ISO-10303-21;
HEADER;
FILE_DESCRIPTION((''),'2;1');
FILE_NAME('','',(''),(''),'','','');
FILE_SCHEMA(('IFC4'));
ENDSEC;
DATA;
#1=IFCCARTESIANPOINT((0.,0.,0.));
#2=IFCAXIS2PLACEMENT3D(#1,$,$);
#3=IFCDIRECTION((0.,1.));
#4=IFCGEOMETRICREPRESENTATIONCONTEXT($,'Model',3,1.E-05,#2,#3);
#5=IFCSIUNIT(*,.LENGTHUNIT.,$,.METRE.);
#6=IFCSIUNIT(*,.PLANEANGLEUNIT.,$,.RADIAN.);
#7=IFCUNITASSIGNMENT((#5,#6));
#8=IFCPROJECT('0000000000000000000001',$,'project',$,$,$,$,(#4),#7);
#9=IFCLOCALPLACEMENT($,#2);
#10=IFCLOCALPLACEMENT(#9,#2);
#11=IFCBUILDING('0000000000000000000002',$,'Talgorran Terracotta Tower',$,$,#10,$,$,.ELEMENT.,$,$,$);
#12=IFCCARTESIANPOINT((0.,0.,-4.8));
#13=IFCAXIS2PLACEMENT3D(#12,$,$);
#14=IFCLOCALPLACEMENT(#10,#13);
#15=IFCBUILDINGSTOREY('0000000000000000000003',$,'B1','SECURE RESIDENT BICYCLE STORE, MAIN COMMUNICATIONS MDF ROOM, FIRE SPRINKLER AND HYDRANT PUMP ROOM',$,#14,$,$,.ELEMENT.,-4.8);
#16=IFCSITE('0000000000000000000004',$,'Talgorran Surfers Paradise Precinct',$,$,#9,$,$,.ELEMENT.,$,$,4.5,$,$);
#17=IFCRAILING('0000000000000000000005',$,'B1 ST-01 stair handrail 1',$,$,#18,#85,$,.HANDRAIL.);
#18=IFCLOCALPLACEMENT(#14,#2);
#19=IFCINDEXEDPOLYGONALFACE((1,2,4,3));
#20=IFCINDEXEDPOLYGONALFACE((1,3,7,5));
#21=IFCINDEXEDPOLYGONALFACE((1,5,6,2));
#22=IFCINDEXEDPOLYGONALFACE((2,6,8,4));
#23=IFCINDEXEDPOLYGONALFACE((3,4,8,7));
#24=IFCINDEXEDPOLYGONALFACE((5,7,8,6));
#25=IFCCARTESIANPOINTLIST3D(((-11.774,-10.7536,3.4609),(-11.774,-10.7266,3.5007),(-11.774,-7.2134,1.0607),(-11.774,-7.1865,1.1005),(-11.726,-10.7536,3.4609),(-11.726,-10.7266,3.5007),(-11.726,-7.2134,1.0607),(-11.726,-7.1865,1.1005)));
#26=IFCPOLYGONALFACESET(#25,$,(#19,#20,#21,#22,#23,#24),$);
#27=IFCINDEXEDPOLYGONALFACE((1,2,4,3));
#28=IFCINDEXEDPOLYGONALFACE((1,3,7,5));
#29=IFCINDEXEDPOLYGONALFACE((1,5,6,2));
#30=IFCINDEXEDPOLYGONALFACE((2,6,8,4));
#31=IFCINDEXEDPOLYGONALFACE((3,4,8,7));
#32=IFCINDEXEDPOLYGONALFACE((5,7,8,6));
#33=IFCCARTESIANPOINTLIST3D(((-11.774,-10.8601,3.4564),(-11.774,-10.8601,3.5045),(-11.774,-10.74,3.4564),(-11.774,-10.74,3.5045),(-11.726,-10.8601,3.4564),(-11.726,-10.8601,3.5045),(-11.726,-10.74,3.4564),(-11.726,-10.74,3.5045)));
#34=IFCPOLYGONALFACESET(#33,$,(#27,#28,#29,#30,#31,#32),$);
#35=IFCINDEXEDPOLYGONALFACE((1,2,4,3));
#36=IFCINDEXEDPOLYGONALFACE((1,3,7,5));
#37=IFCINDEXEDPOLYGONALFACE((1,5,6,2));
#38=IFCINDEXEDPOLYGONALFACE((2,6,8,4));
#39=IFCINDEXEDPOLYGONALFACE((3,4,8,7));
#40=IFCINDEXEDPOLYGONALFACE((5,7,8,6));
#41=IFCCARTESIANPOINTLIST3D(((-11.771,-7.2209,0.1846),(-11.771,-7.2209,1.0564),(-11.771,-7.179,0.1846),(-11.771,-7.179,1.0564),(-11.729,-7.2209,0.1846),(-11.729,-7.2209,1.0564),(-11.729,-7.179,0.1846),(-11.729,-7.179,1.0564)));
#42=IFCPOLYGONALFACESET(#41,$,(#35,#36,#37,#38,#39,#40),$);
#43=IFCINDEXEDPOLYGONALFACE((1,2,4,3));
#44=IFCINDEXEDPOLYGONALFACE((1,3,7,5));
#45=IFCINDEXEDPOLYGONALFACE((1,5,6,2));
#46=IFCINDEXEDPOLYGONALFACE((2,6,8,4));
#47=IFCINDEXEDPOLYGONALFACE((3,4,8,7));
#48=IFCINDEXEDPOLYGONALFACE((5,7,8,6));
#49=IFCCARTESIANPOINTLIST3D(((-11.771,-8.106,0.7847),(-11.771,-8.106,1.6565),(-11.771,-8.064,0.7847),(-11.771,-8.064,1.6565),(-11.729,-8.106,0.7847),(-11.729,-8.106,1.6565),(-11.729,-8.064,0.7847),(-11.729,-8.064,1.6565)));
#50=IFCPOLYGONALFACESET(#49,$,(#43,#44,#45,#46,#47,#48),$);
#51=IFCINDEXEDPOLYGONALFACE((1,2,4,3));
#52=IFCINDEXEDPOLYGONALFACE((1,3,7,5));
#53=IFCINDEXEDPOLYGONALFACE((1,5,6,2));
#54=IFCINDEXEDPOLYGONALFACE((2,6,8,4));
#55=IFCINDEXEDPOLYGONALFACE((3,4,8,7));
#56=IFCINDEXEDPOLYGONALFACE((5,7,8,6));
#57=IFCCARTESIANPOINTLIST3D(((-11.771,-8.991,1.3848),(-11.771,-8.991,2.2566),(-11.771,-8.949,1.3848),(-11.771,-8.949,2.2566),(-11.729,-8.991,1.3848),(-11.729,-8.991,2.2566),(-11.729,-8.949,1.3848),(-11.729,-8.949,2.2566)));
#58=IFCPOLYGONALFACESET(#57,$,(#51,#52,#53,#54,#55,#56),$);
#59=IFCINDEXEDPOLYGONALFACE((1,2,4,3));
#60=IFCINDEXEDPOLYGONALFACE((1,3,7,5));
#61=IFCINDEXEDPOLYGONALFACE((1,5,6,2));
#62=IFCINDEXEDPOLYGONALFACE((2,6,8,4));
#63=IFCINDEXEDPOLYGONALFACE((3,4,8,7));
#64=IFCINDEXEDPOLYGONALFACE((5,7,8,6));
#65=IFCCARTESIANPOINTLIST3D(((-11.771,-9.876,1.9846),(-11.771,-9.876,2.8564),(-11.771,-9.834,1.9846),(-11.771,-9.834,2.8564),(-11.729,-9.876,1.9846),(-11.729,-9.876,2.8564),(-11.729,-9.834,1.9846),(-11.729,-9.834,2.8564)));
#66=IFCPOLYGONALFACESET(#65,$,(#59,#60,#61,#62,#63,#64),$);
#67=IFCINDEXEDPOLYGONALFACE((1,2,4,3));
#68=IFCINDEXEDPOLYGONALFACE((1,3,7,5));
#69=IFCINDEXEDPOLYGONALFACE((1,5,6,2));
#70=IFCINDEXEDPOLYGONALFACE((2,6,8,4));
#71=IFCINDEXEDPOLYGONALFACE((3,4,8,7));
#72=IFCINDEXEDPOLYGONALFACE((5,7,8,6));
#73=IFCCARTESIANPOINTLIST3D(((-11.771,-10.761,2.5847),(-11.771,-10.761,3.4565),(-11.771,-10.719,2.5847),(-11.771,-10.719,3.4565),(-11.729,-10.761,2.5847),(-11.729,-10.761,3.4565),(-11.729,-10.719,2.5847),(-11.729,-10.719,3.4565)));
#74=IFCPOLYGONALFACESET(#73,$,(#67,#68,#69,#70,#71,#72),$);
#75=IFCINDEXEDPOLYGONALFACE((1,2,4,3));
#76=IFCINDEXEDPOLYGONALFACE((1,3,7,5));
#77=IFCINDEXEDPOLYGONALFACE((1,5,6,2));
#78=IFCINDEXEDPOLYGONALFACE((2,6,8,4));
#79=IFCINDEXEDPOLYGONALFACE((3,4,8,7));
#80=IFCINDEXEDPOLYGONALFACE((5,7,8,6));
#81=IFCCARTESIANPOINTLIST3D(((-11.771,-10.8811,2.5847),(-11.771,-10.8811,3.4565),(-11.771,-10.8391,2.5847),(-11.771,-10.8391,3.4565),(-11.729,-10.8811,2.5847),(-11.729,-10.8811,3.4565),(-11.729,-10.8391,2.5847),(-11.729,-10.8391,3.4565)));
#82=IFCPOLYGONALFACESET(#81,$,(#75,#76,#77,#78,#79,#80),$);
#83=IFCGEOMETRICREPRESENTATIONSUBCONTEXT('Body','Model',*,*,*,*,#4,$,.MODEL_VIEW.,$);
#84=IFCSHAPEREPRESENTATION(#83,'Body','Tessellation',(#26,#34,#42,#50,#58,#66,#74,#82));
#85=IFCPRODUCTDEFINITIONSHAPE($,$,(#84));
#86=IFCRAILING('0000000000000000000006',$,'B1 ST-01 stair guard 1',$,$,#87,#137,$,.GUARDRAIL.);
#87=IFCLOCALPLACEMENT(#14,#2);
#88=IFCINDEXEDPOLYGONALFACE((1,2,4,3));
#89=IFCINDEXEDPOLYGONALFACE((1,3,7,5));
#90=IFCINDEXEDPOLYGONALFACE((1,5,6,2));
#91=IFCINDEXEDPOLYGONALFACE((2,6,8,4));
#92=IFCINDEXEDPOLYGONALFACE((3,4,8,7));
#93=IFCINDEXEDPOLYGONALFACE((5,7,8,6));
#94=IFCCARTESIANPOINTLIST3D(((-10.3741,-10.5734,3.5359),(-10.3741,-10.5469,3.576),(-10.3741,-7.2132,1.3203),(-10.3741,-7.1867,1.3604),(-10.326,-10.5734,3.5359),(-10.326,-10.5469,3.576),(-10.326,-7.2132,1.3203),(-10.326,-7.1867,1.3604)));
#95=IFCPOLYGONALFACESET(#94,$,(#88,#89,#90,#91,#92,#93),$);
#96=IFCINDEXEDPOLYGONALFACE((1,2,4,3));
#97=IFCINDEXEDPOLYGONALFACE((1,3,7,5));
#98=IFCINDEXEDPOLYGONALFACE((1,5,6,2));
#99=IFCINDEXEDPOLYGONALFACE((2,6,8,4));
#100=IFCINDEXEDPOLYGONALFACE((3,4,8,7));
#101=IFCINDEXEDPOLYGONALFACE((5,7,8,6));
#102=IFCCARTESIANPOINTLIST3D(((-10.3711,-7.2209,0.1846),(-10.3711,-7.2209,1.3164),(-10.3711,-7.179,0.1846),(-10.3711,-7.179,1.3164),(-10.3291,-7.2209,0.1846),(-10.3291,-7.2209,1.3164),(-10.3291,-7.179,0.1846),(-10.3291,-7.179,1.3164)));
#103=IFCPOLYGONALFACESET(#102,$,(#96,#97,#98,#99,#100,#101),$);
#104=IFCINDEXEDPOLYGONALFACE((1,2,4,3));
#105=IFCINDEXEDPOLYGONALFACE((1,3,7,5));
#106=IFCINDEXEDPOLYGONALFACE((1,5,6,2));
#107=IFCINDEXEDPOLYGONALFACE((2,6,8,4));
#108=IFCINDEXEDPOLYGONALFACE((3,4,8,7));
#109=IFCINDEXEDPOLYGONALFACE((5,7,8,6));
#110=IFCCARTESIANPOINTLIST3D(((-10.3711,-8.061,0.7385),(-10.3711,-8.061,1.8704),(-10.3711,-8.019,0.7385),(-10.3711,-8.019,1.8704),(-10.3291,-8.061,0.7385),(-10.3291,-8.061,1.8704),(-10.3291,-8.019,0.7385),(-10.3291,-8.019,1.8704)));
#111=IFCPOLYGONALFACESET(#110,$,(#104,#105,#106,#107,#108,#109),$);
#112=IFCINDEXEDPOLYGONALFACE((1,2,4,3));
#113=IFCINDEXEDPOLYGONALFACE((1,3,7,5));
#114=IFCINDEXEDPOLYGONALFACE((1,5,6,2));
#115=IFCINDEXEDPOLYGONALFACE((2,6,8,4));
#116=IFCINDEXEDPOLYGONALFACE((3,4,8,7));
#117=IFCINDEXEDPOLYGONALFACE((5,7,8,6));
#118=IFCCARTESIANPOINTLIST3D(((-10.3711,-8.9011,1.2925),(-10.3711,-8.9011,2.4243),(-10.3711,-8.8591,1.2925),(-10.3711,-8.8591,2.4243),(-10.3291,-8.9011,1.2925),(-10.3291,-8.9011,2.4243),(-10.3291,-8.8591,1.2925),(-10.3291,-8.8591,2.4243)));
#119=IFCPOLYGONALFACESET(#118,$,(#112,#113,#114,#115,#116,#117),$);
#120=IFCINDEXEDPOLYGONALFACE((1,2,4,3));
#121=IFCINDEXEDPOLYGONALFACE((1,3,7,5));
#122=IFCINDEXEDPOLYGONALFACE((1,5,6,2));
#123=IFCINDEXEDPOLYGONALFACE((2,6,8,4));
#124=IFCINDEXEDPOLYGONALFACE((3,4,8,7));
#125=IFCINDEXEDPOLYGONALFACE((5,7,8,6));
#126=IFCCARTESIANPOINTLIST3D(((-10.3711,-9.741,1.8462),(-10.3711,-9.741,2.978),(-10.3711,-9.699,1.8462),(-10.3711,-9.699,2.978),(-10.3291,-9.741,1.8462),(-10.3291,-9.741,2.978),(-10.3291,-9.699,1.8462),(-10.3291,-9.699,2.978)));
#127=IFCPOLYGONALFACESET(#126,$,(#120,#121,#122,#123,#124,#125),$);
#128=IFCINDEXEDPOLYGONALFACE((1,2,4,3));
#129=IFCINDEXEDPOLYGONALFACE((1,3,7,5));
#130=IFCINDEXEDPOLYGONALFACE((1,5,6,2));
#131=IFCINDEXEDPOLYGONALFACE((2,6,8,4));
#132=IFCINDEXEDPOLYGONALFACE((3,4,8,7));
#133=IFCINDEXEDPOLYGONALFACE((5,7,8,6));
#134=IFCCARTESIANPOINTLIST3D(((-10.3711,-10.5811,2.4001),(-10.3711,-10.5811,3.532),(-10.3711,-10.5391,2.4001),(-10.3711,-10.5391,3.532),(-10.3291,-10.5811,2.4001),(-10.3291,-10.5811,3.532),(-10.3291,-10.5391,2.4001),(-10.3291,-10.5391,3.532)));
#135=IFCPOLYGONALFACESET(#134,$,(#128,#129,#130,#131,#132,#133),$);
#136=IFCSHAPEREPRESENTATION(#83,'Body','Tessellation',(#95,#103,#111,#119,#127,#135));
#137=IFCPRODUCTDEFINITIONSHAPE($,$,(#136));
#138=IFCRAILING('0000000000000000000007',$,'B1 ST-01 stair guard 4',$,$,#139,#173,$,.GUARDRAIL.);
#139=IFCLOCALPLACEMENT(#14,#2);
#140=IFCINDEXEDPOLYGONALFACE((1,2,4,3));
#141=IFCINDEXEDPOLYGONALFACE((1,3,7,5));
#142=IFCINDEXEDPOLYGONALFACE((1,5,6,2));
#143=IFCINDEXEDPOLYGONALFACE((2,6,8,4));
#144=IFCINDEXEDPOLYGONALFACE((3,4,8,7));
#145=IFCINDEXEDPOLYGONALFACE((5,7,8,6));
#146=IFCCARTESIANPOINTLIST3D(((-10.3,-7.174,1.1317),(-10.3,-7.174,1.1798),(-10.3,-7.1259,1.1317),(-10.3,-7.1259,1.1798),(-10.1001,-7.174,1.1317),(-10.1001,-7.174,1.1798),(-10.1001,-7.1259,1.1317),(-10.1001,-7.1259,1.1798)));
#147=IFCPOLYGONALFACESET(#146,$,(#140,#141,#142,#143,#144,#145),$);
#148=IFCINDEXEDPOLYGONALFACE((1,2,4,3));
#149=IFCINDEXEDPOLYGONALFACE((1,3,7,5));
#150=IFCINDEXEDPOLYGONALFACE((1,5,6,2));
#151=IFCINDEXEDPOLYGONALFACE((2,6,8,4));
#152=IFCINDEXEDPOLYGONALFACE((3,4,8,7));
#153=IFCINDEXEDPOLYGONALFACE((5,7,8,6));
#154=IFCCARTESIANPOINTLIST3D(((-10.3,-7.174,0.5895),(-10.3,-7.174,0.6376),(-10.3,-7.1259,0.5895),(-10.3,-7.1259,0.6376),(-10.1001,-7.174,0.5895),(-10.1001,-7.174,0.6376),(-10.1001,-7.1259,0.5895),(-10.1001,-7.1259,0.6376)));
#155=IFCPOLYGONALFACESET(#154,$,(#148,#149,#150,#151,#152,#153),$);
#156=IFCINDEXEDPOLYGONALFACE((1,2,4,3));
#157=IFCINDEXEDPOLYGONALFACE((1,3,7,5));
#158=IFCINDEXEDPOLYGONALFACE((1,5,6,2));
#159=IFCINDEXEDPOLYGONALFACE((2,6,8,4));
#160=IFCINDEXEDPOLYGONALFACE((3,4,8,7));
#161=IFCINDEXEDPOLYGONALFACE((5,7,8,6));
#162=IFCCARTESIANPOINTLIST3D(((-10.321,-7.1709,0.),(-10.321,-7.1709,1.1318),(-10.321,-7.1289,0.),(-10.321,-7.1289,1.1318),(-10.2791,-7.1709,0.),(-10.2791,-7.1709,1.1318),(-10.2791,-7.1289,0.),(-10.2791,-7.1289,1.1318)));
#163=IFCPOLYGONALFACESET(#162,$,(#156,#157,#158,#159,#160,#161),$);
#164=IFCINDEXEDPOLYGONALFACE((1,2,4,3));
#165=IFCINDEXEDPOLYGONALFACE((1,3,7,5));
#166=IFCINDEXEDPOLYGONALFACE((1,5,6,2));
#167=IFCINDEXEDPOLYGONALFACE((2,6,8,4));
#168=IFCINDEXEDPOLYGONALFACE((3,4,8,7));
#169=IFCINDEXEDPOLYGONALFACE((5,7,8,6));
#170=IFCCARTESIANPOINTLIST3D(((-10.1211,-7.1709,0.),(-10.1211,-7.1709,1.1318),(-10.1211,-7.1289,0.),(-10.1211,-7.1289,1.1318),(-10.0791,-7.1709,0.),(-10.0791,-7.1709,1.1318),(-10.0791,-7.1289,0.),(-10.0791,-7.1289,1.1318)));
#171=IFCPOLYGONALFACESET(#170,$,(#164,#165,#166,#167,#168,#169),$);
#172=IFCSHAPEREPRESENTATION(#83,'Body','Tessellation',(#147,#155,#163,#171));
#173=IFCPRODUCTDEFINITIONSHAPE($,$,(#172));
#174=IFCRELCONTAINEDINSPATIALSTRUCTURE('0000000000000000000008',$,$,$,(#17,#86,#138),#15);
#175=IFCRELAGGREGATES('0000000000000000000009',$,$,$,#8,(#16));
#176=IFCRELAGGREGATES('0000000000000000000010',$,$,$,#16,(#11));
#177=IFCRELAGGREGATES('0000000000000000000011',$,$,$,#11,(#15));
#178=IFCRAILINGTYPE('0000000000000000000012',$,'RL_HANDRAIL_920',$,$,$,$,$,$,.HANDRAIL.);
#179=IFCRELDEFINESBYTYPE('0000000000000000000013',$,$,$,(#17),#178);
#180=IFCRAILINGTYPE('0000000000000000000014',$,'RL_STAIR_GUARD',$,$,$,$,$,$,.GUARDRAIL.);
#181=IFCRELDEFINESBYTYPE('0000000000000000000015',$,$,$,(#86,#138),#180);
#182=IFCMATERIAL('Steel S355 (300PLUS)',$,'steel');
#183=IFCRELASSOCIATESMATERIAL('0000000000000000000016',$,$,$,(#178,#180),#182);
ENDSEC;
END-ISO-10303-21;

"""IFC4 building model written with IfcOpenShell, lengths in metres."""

from ifc_helpers import new_model, si_unit, direction, frame, origin, origin_2d, place, context, subcontext, project, spatial, rectangle, extrude, material, type_object, element, save


model = new_model("IFC4")

# Units and contexts
model_context = context("Model", 3, precision=1e-05, world=origin(), true_north=direction((0.0, 1.0)))
body_context = subcontext(model_context, "Body", "Model", "MODEL_VIEW")
ifc_project = project(units=[si_unit("LENGTHUNIT", "METRE"), si_unit("PLANEANGLEUNIT", "RADIAN")], contexts=[model_context])

# Site, building, storey
site_placement = place(None, origin())
site = spatial("IfcSite", under=ifc_project, at=site_placement, Name="Talgorran Surfers Paradise Precinct", CompositionType="ELEMENT", RefElevation=4.5)
building_placement = place(site_placement, origin())
building = spatial("IfcBuilding", under=site, at=building_placement, Name="Talgorran Terracotta Tower", CompositionType="ELEMENT")
storey_placement = place(building_placement, frame((0.0, 0.0, -4.8)))
storey = spatial("IfcBuildingStorey", under=building, at=storey_placement, Name="B1", Description="SECURE RESIDENT BICYCLE STORE, MAIN COMMUNICATIONS MDF ROOM, FIRE SPRINKLER AND HYDRANT PUMP ROOM", CompositionType="ELEMENT", Elevation=-4.8)

# Shared definitions
ifc_material_1 = material(Name="Steel S355 (300PLUS)", Category="steel")

# Railings
railing_type_1 = type_object("IfcRailingType", Name="RL_HANDRAIL_920", PredefinedType="HANDRAIL", material=ifc_material_1)
railing_1_placement = place(storey_placement, frame((-11.75, -7.2, 0.1846)))
element("IfcRailing", 1, at=railing_1_placement, inside=storey, type_object=railing_type_1, Name="B1 ST-01 stair handrail 1", PredefinedType="HANDRAIL", context=body_context, shape_type="SweptSolid", body=[
    extrude(rectangle(XDim=0.0481, YDim=0.0481, at=origin_2d()), frame((0.0, 0.0, 0.896), z_axis=(0.0, -0.827695, 0.561178), x_axis=(1.0, 0.0, 0.0)), (0.0, 0.0, 1.0), 4.2771),
    extrude(rectangle(XDim=0.0481, YDim=0.0481, at=origin_2d()), frame((0.0, -3.54, 3.2959), z_axis=(0.0, -1.0, 0.0), x_axis=(1.0, 0.0, 0.0)), (0.0, 0.0, 1.0), 0.1201),
    extrude(rectangle(XDim=0.042, YDim=0.042, at=origin_2d()), origin(), (0.0, 0.0, 1.0), 0.8718),
    extrude(rectangle(XDim=0.042, YDim=0.042, at=origin_2d()), frame((0.0, -0.885, 0.6001)), (0.0, 0.0, 1.0), 0.8718),
    extrude(rectangle(XDim=0.042, YDim=0.042, at=origin_2d()), frame((0.0, -1.77, 1.2002)), (0.0, 0.0, 1.0), 0.8718),
    extrude(rectangle(XDim=0.042, YDim=0.042, at=origin_2d()), frame((0.0, -2.655, 1.8)), (0.0, 0.0, 1.0), 0.8718),
    extrude(rectangle(XDim=0.042, YDim=0.042, at=origin_2d()), frame((0.0, -3.54, 2.4001)), (0.0, 0.0, 1.0), 0.8718),
    extrude(rectangle(XDim=0.042, YDim=0.042, at=origin_2d()), frame((0.0, -3.6602, 2.4001)), (0.0, 0.0, 1.0), 0.8718),
])
railing_type_2 = type_object("IfcRailingType", Name="RL_STAIR_GUARD", PredefinedType="GUARDRAIL", material=ifc_material_1)
railing_2_placement = place(storey_placement, frame((-10.3501, -7.2, 0.1846)))
element("IfcRailing", 2, at=railing_2_placement, inside=storey, type_object=railing_type_2, Name="B1 ST-01 stair guard 1", PredefinedType="GUARDRAIL", context=body_context, shape_type="SweptSolid", body=[
    extrude(rectangle(XDim=0.0481, YDim=0.0481, at=origin_2d()), frame((0.0, 0.0, 1.1558), z_axis=(0.0, -0.834849, 0.55048), x_axis=(1.0, 0.0, 0.0)), (0.0, 0.0, 1.0), 4.0249),
    extrude(rectangle(XDim=0.042, YDim=0.042, at=origin_2d()), origin(), (0.0, 0.0, 1.0), 1.1318),
    extrude(rectangle(XDim=0.042, YDim=0.042, at=origin_2d()), frame((0.0, -0.8401, 0.554)), (0.0, 0.0, 1.0), 1.1318),
    extrude(rectangle(XDim=0.042, YDim=0.042, at=origin_2d()), frame((0.0, -1.6802, 1.1079)), (0.0, 0.0, 1.0), 1.1318),
    extrude(rectangle(XDim=0.042, YDim=0.042, at=origin_2d()), frame((0.0, -2.52, 1.6616)), (0.0, 0.0, 1.0), 1.1318),
    extrude(rectangle(XDim=0.042, YDim=0.042, at=origin_2d()), frame((0.0, -3.3601, 2.2156)), (0.0, 0.0, 1.0), 1.1318),
])
railing_3_placement = place(storey_placement, frame((-10.3, -7.1499, 0.0)))
element("IfcRailing", 3, at=railing_3_placement, inside=storey, type_object=railing_type_2, Name="B1 ST-01 stair guard 4", PredefinedType="GUARDRAIL", context=body_context, shape_type="SweptSolid", body=[
    extrude(rectangle(XDim=0.0481, YDim=0.0481, at=origin_2d()), frame((0.0, 0.0, 1.1558), z_axis=(1.0, 0.0, 0.0), x_axis=(0.0, 1.0, 0.0)), (0.0, 0.0, 1.0), 0.2),
    extrude(rectangle(XDim=0.0481, YDim=0.0481, at=origin_2d()), frame((0.0, 0.0, 0.6135), z_axis=(1.0, 0.0, 0.0), x_axis=(0.0, 1.0, 0.0)), (0.0, 0.0, 1.0), 0.2),
    extrude(rectangle(XDim=0.042, YDim=0.042, at=origin_2d()), origin(), (0.0, 0.0, 1.0), 1.1318),
    extrude(rectangle(XDim=0.042, YDim=0.042, at=origin_2d()), frame((0.2, 0.0, 0.0)), (0.0, 0.0, 1.0), 1.1318),
])

save(model, "model.ifc")
